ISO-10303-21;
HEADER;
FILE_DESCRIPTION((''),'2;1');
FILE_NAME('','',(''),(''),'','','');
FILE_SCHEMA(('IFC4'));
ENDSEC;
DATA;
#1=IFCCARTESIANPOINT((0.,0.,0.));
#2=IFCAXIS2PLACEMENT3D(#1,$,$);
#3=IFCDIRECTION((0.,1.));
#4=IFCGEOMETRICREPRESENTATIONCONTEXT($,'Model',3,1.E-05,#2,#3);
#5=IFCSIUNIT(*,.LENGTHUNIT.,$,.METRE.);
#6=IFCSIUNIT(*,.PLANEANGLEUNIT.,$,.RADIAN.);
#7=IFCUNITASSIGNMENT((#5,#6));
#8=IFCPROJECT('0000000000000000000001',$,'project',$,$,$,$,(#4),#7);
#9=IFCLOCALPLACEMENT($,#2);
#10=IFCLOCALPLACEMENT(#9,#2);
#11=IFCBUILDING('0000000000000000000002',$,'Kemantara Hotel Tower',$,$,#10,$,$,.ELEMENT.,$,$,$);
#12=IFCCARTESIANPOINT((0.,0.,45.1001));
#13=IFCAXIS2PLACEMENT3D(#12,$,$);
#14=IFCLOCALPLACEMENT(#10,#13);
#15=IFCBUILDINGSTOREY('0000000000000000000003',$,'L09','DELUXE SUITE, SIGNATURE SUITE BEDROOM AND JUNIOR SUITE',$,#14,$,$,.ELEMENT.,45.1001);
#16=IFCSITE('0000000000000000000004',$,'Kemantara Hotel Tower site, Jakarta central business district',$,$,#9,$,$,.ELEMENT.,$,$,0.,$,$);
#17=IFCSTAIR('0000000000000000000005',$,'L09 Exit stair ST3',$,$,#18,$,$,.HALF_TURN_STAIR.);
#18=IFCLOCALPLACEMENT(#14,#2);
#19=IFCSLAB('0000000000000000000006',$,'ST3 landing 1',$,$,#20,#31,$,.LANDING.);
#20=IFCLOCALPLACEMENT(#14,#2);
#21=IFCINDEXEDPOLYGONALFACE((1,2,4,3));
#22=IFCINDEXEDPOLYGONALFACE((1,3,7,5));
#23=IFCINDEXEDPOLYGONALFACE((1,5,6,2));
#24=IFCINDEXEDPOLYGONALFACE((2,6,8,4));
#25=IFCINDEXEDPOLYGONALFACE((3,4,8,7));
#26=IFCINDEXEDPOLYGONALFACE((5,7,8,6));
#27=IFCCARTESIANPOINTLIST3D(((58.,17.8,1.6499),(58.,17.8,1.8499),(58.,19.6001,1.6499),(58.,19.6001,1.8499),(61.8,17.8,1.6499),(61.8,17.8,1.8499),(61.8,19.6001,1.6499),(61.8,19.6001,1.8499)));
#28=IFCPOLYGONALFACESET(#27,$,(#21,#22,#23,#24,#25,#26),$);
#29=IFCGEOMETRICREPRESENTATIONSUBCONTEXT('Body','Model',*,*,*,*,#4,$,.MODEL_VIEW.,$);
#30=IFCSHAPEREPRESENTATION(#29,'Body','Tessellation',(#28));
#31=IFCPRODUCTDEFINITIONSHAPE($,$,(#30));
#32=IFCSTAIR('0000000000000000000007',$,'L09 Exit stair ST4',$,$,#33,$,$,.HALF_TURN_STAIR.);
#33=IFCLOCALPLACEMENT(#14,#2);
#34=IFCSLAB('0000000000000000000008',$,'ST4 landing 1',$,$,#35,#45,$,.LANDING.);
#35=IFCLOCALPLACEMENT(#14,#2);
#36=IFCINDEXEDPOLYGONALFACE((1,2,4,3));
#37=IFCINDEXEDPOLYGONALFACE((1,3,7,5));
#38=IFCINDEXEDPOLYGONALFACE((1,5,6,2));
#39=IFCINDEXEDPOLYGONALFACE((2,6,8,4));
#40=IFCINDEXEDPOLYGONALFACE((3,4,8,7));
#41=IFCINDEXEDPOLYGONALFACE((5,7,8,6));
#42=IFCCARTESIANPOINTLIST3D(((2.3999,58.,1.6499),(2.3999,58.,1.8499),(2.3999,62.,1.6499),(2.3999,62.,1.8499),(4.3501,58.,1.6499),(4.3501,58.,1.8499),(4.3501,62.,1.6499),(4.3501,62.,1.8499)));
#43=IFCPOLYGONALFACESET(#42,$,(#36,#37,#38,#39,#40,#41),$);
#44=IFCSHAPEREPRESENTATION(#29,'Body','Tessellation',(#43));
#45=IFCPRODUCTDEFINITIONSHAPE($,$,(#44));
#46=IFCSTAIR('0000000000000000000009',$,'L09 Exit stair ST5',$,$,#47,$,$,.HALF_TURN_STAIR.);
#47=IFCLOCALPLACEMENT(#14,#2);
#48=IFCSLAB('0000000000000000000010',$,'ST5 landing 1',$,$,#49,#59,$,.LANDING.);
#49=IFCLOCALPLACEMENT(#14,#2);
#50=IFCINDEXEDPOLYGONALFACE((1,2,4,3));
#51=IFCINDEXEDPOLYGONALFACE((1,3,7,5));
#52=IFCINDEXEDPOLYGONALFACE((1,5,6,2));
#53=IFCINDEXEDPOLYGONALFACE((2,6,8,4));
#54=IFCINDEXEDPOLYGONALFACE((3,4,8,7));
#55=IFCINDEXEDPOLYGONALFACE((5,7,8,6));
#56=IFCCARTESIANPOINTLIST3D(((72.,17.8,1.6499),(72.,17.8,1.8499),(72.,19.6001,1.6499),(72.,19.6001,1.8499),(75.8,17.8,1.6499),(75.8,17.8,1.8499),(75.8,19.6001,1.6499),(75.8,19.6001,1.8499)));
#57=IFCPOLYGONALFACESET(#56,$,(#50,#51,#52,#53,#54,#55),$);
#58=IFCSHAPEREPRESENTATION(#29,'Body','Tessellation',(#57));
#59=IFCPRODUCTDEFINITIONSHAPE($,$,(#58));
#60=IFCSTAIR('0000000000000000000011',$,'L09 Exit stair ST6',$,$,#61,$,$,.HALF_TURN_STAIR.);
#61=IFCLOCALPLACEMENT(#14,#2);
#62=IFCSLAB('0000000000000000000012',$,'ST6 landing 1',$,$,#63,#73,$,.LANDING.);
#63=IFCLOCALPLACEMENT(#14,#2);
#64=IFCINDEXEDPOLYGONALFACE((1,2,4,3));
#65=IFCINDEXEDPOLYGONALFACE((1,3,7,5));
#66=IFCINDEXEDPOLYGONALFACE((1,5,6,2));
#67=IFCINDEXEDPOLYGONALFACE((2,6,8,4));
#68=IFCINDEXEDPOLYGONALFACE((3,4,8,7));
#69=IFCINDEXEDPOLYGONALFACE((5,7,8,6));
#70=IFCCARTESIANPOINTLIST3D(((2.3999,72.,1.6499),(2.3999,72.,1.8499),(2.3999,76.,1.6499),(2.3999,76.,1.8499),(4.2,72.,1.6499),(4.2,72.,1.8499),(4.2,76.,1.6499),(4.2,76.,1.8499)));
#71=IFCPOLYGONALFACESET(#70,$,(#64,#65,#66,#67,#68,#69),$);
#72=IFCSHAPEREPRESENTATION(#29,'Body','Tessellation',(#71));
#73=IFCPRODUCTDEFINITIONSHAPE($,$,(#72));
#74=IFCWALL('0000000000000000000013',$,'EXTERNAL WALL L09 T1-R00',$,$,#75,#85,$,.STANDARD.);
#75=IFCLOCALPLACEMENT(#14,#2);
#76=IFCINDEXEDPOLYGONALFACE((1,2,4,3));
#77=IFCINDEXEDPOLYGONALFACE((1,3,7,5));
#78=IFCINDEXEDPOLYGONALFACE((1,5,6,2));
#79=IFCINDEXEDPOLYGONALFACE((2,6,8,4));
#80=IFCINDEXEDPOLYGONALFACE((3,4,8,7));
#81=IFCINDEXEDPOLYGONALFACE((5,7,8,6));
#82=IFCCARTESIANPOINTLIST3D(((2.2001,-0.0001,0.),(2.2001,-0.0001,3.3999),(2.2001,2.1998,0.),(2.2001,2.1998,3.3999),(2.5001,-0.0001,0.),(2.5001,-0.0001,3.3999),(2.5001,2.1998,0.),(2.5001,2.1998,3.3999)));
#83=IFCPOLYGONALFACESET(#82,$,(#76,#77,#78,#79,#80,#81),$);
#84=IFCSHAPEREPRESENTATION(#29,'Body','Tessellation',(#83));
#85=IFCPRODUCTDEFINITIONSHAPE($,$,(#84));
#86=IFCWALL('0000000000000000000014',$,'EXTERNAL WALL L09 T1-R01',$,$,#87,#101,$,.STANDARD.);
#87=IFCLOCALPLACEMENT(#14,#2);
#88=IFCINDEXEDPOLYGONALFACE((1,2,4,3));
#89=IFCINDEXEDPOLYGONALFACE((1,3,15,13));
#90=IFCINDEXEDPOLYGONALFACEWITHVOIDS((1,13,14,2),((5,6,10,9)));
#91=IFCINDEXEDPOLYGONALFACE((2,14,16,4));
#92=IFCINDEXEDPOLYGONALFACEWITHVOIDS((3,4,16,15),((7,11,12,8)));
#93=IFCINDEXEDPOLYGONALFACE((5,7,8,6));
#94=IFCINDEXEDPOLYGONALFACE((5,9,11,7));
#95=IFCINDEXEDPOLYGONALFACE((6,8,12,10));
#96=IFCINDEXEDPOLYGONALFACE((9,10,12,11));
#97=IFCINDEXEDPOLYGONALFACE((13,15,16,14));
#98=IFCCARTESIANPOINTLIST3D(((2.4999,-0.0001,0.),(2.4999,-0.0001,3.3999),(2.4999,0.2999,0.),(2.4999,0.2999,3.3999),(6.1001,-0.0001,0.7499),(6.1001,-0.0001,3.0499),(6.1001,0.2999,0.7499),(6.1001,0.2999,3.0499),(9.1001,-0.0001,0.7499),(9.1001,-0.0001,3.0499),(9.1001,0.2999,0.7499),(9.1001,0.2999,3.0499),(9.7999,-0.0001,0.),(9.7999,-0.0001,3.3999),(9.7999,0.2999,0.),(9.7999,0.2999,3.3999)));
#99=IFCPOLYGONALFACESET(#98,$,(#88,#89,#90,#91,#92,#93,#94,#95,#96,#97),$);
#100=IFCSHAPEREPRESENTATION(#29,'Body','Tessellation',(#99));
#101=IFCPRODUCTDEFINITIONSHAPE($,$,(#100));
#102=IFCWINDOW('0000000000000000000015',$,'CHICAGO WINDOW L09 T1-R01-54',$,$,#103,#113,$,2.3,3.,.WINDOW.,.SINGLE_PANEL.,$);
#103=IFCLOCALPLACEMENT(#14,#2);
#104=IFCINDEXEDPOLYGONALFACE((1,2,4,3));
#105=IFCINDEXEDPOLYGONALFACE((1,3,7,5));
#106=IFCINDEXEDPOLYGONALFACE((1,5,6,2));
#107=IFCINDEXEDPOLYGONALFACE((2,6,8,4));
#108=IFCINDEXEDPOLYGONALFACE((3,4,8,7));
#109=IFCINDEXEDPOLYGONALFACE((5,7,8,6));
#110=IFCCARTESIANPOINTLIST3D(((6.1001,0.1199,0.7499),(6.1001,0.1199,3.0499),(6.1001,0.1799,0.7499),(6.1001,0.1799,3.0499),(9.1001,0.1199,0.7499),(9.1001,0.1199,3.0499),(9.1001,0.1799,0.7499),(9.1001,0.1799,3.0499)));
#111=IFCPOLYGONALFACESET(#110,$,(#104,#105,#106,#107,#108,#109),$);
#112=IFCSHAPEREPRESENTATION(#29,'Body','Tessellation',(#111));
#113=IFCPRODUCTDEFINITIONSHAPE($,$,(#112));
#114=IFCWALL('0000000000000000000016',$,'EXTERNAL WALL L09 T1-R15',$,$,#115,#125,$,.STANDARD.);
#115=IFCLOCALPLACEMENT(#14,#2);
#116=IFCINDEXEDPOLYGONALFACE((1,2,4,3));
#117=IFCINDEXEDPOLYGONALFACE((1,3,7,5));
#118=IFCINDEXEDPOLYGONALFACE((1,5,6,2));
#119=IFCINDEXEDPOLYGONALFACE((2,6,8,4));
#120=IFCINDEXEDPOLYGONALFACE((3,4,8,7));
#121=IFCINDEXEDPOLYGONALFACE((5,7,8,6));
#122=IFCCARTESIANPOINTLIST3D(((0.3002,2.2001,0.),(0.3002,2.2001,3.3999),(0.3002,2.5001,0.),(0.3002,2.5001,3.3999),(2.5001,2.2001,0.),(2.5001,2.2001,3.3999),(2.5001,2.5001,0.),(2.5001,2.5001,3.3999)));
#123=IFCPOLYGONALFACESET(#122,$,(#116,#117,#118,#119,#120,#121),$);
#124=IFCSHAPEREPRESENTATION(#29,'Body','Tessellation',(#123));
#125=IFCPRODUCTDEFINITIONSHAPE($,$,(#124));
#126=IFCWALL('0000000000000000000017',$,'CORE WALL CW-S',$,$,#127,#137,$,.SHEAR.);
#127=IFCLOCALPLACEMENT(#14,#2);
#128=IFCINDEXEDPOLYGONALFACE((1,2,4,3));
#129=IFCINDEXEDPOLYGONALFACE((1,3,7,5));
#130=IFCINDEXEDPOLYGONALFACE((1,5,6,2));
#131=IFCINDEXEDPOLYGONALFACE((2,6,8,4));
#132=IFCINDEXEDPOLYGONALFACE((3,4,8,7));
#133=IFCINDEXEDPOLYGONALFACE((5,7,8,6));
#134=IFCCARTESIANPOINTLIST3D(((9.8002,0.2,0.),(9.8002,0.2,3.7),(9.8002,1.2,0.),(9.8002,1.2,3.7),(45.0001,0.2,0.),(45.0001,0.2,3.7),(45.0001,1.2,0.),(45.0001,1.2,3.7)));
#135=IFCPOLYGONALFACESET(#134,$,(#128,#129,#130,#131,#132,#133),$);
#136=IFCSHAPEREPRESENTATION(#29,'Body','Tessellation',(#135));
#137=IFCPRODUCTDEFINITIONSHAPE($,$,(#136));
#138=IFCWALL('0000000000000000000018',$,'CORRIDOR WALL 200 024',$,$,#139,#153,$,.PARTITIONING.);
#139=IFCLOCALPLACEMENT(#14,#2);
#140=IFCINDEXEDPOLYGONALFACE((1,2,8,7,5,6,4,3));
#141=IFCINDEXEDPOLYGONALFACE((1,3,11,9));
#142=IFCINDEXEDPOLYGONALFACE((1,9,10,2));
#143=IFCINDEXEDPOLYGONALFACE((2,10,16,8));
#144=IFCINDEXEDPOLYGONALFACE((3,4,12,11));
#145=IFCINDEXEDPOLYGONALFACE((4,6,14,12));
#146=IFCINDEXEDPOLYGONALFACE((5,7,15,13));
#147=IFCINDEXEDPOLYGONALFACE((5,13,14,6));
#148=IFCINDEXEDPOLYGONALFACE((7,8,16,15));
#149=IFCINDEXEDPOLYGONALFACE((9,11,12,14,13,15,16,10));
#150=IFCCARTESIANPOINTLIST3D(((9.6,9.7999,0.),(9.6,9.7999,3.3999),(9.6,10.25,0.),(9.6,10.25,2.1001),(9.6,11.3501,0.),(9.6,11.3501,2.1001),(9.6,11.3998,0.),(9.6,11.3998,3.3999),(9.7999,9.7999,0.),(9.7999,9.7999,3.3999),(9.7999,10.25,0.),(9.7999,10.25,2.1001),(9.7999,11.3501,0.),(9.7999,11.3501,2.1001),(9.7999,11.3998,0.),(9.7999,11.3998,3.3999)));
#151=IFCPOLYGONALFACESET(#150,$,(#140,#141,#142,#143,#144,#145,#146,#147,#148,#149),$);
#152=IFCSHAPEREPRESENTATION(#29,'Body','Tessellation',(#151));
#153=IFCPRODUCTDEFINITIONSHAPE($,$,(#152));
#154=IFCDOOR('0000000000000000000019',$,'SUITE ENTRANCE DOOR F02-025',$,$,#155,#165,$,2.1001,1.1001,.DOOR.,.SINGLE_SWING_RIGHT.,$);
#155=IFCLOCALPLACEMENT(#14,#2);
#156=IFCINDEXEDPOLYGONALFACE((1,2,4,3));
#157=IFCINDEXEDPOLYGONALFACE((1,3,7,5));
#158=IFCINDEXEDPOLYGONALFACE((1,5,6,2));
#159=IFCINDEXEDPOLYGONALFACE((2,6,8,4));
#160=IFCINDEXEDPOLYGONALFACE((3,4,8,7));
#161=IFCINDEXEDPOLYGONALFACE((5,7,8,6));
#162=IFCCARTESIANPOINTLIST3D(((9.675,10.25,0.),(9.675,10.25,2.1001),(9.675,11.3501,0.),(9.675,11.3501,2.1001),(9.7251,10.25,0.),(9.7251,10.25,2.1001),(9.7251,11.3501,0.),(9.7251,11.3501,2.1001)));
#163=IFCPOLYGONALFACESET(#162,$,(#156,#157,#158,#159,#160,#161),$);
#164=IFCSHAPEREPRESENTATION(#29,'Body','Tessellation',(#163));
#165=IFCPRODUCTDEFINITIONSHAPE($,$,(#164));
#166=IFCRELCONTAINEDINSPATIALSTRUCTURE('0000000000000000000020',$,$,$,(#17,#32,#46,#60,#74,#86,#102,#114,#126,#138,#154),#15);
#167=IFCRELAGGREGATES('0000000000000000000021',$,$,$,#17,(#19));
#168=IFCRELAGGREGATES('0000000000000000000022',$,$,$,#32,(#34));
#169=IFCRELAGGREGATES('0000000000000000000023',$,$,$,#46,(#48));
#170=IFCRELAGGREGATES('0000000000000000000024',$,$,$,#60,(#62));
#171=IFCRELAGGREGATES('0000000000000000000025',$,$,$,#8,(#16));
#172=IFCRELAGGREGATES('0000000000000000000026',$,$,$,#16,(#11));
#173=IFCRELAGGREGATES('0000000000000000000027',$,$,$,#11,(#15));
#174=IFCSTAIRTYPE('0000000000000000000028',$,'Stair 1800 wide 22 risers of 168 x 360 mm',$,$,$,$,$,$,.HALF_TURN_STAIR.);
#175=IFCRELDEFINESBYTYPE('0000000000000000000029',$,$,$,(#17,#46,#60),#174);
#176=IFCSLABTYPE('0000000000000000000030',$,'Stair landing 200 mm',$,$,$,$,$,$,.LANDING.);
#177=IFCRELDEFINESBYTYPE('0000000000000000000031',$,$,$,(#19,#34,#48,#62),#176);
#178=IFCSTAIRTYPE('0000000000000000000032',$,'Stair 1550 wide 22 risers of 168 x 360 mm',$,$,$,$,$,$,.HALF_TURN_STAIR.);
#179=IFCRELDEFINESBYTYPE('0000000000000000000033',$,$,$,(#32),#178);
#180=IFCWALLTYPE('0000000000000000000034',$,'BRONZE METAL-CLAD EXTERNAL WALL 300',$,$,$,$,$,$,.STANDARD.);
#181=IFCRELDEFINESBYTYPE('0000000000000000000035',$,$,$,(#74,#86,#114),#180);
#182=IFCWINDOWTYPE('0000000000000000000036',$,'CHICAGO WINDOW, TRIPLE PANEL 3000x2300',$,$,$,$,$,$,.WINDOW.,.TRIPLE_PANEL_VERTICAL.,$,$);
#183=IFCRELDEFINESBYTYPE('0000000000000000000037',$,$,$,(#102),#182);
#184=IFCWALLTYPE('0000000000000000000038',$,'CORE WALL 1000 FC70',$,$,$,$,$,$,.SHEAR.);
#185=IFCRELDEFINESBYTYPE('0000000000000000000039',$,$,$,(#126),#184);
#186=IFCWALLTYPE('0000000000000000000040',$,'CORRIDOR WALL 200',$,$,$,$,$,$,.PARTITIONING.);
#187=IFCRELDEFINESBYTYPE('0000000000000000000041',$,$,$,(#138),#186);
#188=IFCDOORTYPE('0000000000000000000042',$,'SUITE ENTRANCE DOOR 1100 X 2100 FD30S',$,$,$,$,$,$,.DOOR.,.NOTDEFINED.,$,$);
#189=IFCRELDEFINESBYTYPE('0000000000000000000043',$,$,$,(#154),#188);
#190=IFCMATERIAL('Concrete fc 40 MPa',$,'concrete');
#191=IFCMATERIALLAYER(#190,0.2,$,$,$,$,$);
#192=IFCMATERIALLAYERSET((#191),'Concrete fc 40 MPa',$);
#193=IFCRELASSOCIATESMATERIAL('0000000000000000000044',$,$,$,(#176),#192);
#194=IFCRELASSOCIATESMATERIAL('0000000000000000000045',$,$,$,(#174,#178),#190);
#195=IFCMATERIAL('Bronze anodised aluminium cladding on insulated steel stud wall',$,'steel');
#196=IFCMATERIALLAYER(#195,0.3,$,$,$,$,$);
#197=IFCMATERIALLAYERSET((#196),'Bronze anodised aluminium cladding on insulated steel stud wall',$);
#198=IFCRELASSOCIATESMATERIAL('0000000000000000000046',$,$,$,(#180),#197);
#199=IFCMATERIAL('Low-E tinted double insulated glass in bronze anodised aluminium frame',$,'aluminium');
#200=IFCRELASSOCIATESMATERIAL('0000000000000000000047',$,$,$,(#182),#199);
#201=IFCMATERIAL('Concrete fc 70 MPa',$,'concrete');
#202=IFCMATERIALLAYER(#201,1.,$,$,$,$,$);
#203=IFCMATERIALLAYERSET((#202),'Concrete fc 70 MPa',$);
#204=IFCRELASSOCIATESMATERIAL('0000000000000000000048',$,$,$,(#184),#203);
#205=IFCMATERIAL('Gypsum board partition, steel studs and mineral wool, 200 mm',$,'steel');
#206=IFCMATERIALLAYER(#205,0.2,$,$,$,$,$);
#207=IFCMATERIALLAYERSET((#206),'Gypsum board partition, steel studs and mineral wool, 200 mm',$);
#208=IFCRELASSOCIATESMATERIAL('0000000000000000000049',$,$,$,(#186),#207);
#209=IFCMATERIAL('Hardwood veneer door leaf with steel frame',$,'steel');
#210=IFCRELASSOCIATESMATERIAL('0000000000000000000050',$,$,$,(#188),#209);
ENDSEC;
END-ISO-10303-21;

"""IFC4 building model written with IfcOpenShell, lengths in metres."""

from ifc_helpers import new_model, si_unit, direction, frame, frame_2d, origin, place, context, subcontext, project, spatial, polyline, rectangle, outline, extrude, material, layer, layer_set, type_object, element, fill, aggregate, save


model = new_model("IFC4")

# Units and contexts
model_context = context("Model", 3, precision=1e-05, world=origin(), true_north=direction((0.0, 1.0)))
body_context = subcontext(model_context, "Body", "Model", "MODEL_VIEW")
ifc_project = project(units=[si_unit("LENGTHUNIT", "METRE"), si_unit("PLANEANGLEUNIT", "RADIAN")], contexts=[model_context])

# Site, building, storey
site_placement = place(None, origin())
site = spatial("IfcSite", under=ifc_project, at=site_placement, Name="Kemantara Hotel Tower site, Jakarta central business district", CompositionType="ELEMENT", RefElevation=0.0)
building_placement = place(site_placement, origin())
building = spatial("IfcBuilding", under=site, at=building_placement, Name="Kemantara Hotel Tower", CompositionType="ELEMENT")
storey_placement = place(building_placement, frame((0.0, 0.0, 45.1001)))
storey = spatial("IfcBuildingStorey", under=building, at=storey_placement, Name="L09", Description="DELUXE SUITE, SIGNATURE SUITE BEDROOM AND JUNIOR SUITE", CompositionType="ELEMENT", Elevation=45.1001)

# Shared definitions
ifc_material_1 = material(Name="Concrete fc 70 MPa", Category="concrete")

# Shared definitions
ifc_material_2 = material(Name="Concrete fc 40 MPa", Category="concrete")

# Stairs, slabs
ifc_layer_1 = layer(ifc_material_2, 0.2)
ifc_layer_set_1 = layer_set([ifc_layer_1], Name="Concrete fc 40 MPa")
slab_type_1 = type_object("IfcSlabType", Name="Stair landing 200 mm", PredefinedType="LANDING", material=ifc_layer_set_1)
stair_type_1 = type_object("IfcStairType", Name="Stair 1800 wide 22 risers of 168 x 360 mm", PredefinedType="HALF_TURN_STAIR", material=ifc_material_2)
stair_1_placement = place(storey_placement, origin())
stair_1 = element("IfcStair", 1, at=stair_1_placement, inside=storey, type_object=stair_type_1, Name="L09 Exit stair ST3", PredefinedType="HALF_TURN_STAIR")
slab_1_placement = place(storey_placement, frame((0.0, 0.0, 1.6499)))
slab_1 = element("IfcSlab", 2, at=slab_1_placement, type_object=slab_type_1, Name="ST3 landing 1", PredefinedType="LANDING", context=body_context, shape_type="SweptSolid", body=[
    extrude(outline(polyline([(61.8, 17.8), (61.8, 19.6001), (58.0, 19.6001), (58.0, 17.8), (61.8, 17.8)])), origin(), (0.0, 0.0, 1.0), 0.2),
])
aggregate(stair_1, [slab_1])
stair_type_2 = type_object("IfcStairType", Name="Stair 1550 wide 22 risers of 168 x 360 mm", PredefinedType="HALF_TURN_STAIR", material=ifc_material_2)
stair_2_placement = place(storey_placement, origin())
stair_2 = element("IfcStair", 3, at=stair_2_placement, inside=storey, type_object=stair_type_2, Name="L09 Exit stair ST4", PredefinedType="HALF_TURN_STAIR")
slab_2_placement = place(storey_placement, frame((0.0, 0.0, 1.6499)))
slab_2 = element("IfcSlab", 4, at=slab_2_placement, type_object=slab_type_1, Name="ST4 landing 1", PredefinedType="LANDING", context=body_context, shape_type="SweptSolid", body=[
    extrude(outline(polyline([(4.3501, 62.0), (2.3999, 62.0), (2.3999, 58.0), (4.3501, 58.0), (4.3501, 62.0)])), origin(), (0.0, 0.0, 1.0), 0.2),
])
aggregate(stair_2, [slab_2])
stair_3_placement = place(storey_placement, origin())
stair_3 = element("IfcStair", 5, at=stair_3_placement, inside=storey, type_object=stair_type_1, Name="L09 Exit stair ST5", PredefinedType="HALF_TURN_STAIR")
slab_3_placement = place(storey_placement, frame((0.0, 0.0, 1.6499)))
slab_3 = element("IfcSlab", 6, at=slab_3_placement, type_object=slab_type_1, Name="ST5 landing 1", PredefinedType="LANDING", context=body_context, shape_type="SweptSolid", body=[
    extrude(outline(polyline([(75.8, 17.8), (75.8, 19.6001), (72.0, 19.6001), (72.0, 17.8), (75.8, 17.8)])), origin(), (0.0, 0.0, 1.0), 0.2),
])
aggregate(stair_3, [slab_3])
stair_4_placement = place(storey_placement, origin())
stair_4 = element("IfcStair", 7, at=stair_4_placement, inside=storey, type_object=stair_type_1, Name="L09 Exit stair ST6", PredefinedType="HALF_TURN_STAIR")
slab_4_placement = place(storey_placement, frame((0.0, 0.0, 1.6499)))
slab_4 = element("IfcSlab", 8, at=slab_4_placement, type_object=slab_type_1, Name="ST6 landing 1", PredefinedType="LANDING", context=body_context, shape_type="SweptSolid", body=[
    extrude(outline(polyline([(4.2, 76.0), (2.3999, 76.0), (2.3999, 72.0), (4.2, 72.0), (4.2, 76.0)])), origin(), (0.0, 0.0, 1.0), 0.2),
])
aggregate(stair_4, [slab_4])

# Wall
ifc_material_3 = material(Name="Bronze anodised aluminium cladding on insulated steel stud wall", Category="steel")
ifc_layer_2 = layer(ifc_material_3, 0.3)
ifc_layer_set_2 = layer_set([ifc_layer_2], Name="Bronze anodised aluminium cladding on insulated steel stud wall")
wall_type_1 = type_object("IfcWallType", Name="BRONZE METAL-CLAD EXTERNAL WALL 300", PredefinedType="STANDARD", material=ifc_layer_set_2)
wall_1_placement = place(storey_placement, frame((2.3501, 2.2, 0.0), z_axis=(0.0, 0.0, 1.0), x_axis=(0.0, -1.0, 0.0)))
element("IfcWall", 9, at=wall_1_placement, inside=storey, type_object=wall_type_1, Name="EXTERNAL WALL L09 T1-R00", PredefinedType="STANDARD", context=body_context, shape_type="SweptSolid", body=[
    extrude(rectangle(XDim=2.2, YDim=0.3, at=frame_2d((1.1001, 0.0))), origin(), (0.0, 0.0, 1.0), 3.3999),
])

# Wall, opening, window
wall_2_placement = place(storey_placement, frame((2.5, 0.1499, 0.0), z_axis=(0.0, 0.0, 1.0), x_axis=(1.0, 0.0, 0.0)))
wall_2 = element("IfcWall", 10, at=wall_2_placement, inside=storey, type_object=wall_type_1, Name="EXTERNAL WALL L09 T1-R01", PredefinedType="STANDARD", context=body_context, shape_type="SweptSolid", body=[
    extrude(rectangle(XDim=7.3, YDim=0.3, at=frame_2d((3.6499, 0.0))), origin(), (0.0, 0.0, 1.0), 3.3999),
])
opening_1_placement = place(wall_2_placement, frame((3.6001, 0.0, 0.75)))
opening_1 = element("IfcOpeningElement", 11, at=opening_1_placement, cuts=wall_2, PredefinedType="OPENING", context=body_context, shape_type="SweptSolid", body=[
    extrude(rectangle(XDim=3.0, YDim=2.3, at=frame_2d((1.5, 1.1499))), frame((0.0, 0.1599, 0.0), z_axis=(0.0, -1.0, 0.0), x_axis=(1.0, 0.0, 0.0)), (0.0, 0.0, 1.0), 0.3201),
])
ifc_material_4 = material(Name="Low-E tinted double insulated glass in bronze anodised aluminium frame", Category="aluminium")
window_type = type_object("IfcWindowType", Name="CHICAGO WINDOW, TRIPLE PANEL 3000x2300", PartitioningType="TRIPLE_PANEL_VERTICAL", PredefinedType="WINDOW", material=ifc_material_4)
window_placement = place(opening_1_placement, origin())
window = element("IfcWindow", 12, at=window_placement, inside=storey, type_object=window_type, Name="CHICAGO WINDOW L09 T1-R01-54", OverallHeight=2.3, OverallWidth=3.0, PartitioningType="SINGLE_PANEL", PredefinedType="WINDOW", context=body_context, shape_type="SweptSolid", body=[
    extrude(rectangle(XDim=3.0, YDim=2.3, at=frame_2d((1.5, 1.1499))), frame((0.0, 0.03, 0.0), z_axis=(0.0, -1.0, 0.0), x_axis=(1.0, 0.0, 0.0)), (0.0, 0.0, 1.0), 0.0601),
])
fill(opening_1, window)

# Walls
wall_3_placement = place(storey_placement, frame((0.3, 2.3501, 0.0), z_axis=(0.0, 0.0, 1.0), x_axis=(1.0, 0.0, 0.0)))
element("IfcWall", 13, at=wall_3_placement, inside=storey, type_object=wall_type_1, Name="EXTERNAL WALL L09 T1-R15", PredefinedType="STANDARD", context=body_context, shape_type="SweptSolid", body=[
    extrude(rectangle(XDim=2.2, YDim=0.3, at=frame_2d((1.1001, 0.0))), origin(), (0.0, 0.0, 1.0), 3.3999),
])
ifc_layer_3 = layer(ifc_material_1, 1.0)
ifc_layer_set_3 = layer_set([ifc_layer_3], Name="Concrete fc 70 MPa")
wall_type_2 = type_object("IfcWallType", Name="CORE WALL 1000 FC70", PredefinedType="SHEAR", material=ifc_layer_set_3)
wall_4_placement = place(storey_placement, frame((9.8, 0.7, 0.0), z_axis=(0.0, 0.0, 1.0), x_axis=(1.0, 0.0, 0.0)))
element("IfcWall", 14, at=wall_4_placement, inside=storey, type_object=wall_type_2, Name="CORE WALL CW-S", PredefinedType="SHEAR", context=body_context, shape_type="SweptSolid", body=[
    extrude(rectangle(XDim=35.2, YDim=1.0, at=frame_2d((17.6001, 0.0))), origin(), (0.0, 0.0, 1.0), 3.7),
])

# Wall, opening, door
ifc_material_5 = material(Name="Gypsum board partition, steel studs and mineral wool, 200 mm", Category="steel")
ifc_layer_4 = layer(ifc_material_5, 0.2)
ifc_layer_set_4 = layer_set([ifc_layer_4], Name="Gypsum board partition, steel studs and mineral wool, 200 mm")
wall_type_3 = type_object("IfcWallType", Name="CORRIDOR WALL 200", PredefinedType="PARTITIONING", material=ifc_layer_set_4)
wall_5_placement = place(storey_placement, frame((9.7, 9.8, 0.0), z_axis=(0.0, 0.0, 1.0), x_axis=(0.0, 1.0, 0.0)))
wall_5 = element("IfcWall", 15, at=wall_5_placement, inside=storey, type_object=wall_type_3, Name="CORRIDOR WALL 200 024", PredefinedType="PARTITIONING", context=body_context, shape_type="SweptSolid", body=[
    extrude(rectangle(XDim=1.5999, YDim=0.2, at=frame_2d((0.7998, 0.0))), origin(), (0.0, 0.0, 1.0), 3.3999),
])
opening_2_placement = place(wall_5_placement, frame((0.45, 0.0, 0.0)))
opening_2 = element("IfcOpeningElement", 16, at=opening_2_placement, cuts=wall_5, PredefinedType="OPENING", context=body_context, shape_type="SweptSolid", body=[
    extrude(rectangle(XDim=1.1001, YDim=2.1001, at=frame_2d((0.55, 1.05))), frame((0.0, 0.1099, 0.0), z_axis=(0.0, -1.0, 0.0), x_axis=(1.0, 0.0, 0.0)), (0.0, 0.0, 1.0), 0.22),
])
ifc_material_6 = material(Name="Hardwood veneer door leaf with steel frame", Category="steel")
door_type_1 = type_object("IfcDoorType", Name="SUITE ENTRANCE DOOR 1100 X 2100 FD30S", OperationType="NOTDEFINED", PredefinedType="DOOR", material=ifc_material_6)
door_1_placement = place(opening_2_placement, origin())
door_1 = element("IfcDoor", 17, at=door_1_placement, inside=storey, type_object=door_type_1, Name="SUITE ENTRANCE DOOR F02-025", OperationType="SINGLE_SWING_RIGHT", OverallHeight=2.1001, OverallWidth=1.1001, PredefinedType="DOOR", context=body_context, shape_type="SweptSolid", body=[
    extrude(rectangle(XDim=1.1001, YDim=2.1001, at=frame_2d((0.55, 1.05))), frame((0.0, 0.0249, 0.0), z_axis=(0.0, -1.0, 0.0), x_axis=(1.0, 0.0, 0.0)), (0.0, 0.0, 1.0), 0.05),
])
fill(opening_2, door_1)

save(model, "model.ifc")
